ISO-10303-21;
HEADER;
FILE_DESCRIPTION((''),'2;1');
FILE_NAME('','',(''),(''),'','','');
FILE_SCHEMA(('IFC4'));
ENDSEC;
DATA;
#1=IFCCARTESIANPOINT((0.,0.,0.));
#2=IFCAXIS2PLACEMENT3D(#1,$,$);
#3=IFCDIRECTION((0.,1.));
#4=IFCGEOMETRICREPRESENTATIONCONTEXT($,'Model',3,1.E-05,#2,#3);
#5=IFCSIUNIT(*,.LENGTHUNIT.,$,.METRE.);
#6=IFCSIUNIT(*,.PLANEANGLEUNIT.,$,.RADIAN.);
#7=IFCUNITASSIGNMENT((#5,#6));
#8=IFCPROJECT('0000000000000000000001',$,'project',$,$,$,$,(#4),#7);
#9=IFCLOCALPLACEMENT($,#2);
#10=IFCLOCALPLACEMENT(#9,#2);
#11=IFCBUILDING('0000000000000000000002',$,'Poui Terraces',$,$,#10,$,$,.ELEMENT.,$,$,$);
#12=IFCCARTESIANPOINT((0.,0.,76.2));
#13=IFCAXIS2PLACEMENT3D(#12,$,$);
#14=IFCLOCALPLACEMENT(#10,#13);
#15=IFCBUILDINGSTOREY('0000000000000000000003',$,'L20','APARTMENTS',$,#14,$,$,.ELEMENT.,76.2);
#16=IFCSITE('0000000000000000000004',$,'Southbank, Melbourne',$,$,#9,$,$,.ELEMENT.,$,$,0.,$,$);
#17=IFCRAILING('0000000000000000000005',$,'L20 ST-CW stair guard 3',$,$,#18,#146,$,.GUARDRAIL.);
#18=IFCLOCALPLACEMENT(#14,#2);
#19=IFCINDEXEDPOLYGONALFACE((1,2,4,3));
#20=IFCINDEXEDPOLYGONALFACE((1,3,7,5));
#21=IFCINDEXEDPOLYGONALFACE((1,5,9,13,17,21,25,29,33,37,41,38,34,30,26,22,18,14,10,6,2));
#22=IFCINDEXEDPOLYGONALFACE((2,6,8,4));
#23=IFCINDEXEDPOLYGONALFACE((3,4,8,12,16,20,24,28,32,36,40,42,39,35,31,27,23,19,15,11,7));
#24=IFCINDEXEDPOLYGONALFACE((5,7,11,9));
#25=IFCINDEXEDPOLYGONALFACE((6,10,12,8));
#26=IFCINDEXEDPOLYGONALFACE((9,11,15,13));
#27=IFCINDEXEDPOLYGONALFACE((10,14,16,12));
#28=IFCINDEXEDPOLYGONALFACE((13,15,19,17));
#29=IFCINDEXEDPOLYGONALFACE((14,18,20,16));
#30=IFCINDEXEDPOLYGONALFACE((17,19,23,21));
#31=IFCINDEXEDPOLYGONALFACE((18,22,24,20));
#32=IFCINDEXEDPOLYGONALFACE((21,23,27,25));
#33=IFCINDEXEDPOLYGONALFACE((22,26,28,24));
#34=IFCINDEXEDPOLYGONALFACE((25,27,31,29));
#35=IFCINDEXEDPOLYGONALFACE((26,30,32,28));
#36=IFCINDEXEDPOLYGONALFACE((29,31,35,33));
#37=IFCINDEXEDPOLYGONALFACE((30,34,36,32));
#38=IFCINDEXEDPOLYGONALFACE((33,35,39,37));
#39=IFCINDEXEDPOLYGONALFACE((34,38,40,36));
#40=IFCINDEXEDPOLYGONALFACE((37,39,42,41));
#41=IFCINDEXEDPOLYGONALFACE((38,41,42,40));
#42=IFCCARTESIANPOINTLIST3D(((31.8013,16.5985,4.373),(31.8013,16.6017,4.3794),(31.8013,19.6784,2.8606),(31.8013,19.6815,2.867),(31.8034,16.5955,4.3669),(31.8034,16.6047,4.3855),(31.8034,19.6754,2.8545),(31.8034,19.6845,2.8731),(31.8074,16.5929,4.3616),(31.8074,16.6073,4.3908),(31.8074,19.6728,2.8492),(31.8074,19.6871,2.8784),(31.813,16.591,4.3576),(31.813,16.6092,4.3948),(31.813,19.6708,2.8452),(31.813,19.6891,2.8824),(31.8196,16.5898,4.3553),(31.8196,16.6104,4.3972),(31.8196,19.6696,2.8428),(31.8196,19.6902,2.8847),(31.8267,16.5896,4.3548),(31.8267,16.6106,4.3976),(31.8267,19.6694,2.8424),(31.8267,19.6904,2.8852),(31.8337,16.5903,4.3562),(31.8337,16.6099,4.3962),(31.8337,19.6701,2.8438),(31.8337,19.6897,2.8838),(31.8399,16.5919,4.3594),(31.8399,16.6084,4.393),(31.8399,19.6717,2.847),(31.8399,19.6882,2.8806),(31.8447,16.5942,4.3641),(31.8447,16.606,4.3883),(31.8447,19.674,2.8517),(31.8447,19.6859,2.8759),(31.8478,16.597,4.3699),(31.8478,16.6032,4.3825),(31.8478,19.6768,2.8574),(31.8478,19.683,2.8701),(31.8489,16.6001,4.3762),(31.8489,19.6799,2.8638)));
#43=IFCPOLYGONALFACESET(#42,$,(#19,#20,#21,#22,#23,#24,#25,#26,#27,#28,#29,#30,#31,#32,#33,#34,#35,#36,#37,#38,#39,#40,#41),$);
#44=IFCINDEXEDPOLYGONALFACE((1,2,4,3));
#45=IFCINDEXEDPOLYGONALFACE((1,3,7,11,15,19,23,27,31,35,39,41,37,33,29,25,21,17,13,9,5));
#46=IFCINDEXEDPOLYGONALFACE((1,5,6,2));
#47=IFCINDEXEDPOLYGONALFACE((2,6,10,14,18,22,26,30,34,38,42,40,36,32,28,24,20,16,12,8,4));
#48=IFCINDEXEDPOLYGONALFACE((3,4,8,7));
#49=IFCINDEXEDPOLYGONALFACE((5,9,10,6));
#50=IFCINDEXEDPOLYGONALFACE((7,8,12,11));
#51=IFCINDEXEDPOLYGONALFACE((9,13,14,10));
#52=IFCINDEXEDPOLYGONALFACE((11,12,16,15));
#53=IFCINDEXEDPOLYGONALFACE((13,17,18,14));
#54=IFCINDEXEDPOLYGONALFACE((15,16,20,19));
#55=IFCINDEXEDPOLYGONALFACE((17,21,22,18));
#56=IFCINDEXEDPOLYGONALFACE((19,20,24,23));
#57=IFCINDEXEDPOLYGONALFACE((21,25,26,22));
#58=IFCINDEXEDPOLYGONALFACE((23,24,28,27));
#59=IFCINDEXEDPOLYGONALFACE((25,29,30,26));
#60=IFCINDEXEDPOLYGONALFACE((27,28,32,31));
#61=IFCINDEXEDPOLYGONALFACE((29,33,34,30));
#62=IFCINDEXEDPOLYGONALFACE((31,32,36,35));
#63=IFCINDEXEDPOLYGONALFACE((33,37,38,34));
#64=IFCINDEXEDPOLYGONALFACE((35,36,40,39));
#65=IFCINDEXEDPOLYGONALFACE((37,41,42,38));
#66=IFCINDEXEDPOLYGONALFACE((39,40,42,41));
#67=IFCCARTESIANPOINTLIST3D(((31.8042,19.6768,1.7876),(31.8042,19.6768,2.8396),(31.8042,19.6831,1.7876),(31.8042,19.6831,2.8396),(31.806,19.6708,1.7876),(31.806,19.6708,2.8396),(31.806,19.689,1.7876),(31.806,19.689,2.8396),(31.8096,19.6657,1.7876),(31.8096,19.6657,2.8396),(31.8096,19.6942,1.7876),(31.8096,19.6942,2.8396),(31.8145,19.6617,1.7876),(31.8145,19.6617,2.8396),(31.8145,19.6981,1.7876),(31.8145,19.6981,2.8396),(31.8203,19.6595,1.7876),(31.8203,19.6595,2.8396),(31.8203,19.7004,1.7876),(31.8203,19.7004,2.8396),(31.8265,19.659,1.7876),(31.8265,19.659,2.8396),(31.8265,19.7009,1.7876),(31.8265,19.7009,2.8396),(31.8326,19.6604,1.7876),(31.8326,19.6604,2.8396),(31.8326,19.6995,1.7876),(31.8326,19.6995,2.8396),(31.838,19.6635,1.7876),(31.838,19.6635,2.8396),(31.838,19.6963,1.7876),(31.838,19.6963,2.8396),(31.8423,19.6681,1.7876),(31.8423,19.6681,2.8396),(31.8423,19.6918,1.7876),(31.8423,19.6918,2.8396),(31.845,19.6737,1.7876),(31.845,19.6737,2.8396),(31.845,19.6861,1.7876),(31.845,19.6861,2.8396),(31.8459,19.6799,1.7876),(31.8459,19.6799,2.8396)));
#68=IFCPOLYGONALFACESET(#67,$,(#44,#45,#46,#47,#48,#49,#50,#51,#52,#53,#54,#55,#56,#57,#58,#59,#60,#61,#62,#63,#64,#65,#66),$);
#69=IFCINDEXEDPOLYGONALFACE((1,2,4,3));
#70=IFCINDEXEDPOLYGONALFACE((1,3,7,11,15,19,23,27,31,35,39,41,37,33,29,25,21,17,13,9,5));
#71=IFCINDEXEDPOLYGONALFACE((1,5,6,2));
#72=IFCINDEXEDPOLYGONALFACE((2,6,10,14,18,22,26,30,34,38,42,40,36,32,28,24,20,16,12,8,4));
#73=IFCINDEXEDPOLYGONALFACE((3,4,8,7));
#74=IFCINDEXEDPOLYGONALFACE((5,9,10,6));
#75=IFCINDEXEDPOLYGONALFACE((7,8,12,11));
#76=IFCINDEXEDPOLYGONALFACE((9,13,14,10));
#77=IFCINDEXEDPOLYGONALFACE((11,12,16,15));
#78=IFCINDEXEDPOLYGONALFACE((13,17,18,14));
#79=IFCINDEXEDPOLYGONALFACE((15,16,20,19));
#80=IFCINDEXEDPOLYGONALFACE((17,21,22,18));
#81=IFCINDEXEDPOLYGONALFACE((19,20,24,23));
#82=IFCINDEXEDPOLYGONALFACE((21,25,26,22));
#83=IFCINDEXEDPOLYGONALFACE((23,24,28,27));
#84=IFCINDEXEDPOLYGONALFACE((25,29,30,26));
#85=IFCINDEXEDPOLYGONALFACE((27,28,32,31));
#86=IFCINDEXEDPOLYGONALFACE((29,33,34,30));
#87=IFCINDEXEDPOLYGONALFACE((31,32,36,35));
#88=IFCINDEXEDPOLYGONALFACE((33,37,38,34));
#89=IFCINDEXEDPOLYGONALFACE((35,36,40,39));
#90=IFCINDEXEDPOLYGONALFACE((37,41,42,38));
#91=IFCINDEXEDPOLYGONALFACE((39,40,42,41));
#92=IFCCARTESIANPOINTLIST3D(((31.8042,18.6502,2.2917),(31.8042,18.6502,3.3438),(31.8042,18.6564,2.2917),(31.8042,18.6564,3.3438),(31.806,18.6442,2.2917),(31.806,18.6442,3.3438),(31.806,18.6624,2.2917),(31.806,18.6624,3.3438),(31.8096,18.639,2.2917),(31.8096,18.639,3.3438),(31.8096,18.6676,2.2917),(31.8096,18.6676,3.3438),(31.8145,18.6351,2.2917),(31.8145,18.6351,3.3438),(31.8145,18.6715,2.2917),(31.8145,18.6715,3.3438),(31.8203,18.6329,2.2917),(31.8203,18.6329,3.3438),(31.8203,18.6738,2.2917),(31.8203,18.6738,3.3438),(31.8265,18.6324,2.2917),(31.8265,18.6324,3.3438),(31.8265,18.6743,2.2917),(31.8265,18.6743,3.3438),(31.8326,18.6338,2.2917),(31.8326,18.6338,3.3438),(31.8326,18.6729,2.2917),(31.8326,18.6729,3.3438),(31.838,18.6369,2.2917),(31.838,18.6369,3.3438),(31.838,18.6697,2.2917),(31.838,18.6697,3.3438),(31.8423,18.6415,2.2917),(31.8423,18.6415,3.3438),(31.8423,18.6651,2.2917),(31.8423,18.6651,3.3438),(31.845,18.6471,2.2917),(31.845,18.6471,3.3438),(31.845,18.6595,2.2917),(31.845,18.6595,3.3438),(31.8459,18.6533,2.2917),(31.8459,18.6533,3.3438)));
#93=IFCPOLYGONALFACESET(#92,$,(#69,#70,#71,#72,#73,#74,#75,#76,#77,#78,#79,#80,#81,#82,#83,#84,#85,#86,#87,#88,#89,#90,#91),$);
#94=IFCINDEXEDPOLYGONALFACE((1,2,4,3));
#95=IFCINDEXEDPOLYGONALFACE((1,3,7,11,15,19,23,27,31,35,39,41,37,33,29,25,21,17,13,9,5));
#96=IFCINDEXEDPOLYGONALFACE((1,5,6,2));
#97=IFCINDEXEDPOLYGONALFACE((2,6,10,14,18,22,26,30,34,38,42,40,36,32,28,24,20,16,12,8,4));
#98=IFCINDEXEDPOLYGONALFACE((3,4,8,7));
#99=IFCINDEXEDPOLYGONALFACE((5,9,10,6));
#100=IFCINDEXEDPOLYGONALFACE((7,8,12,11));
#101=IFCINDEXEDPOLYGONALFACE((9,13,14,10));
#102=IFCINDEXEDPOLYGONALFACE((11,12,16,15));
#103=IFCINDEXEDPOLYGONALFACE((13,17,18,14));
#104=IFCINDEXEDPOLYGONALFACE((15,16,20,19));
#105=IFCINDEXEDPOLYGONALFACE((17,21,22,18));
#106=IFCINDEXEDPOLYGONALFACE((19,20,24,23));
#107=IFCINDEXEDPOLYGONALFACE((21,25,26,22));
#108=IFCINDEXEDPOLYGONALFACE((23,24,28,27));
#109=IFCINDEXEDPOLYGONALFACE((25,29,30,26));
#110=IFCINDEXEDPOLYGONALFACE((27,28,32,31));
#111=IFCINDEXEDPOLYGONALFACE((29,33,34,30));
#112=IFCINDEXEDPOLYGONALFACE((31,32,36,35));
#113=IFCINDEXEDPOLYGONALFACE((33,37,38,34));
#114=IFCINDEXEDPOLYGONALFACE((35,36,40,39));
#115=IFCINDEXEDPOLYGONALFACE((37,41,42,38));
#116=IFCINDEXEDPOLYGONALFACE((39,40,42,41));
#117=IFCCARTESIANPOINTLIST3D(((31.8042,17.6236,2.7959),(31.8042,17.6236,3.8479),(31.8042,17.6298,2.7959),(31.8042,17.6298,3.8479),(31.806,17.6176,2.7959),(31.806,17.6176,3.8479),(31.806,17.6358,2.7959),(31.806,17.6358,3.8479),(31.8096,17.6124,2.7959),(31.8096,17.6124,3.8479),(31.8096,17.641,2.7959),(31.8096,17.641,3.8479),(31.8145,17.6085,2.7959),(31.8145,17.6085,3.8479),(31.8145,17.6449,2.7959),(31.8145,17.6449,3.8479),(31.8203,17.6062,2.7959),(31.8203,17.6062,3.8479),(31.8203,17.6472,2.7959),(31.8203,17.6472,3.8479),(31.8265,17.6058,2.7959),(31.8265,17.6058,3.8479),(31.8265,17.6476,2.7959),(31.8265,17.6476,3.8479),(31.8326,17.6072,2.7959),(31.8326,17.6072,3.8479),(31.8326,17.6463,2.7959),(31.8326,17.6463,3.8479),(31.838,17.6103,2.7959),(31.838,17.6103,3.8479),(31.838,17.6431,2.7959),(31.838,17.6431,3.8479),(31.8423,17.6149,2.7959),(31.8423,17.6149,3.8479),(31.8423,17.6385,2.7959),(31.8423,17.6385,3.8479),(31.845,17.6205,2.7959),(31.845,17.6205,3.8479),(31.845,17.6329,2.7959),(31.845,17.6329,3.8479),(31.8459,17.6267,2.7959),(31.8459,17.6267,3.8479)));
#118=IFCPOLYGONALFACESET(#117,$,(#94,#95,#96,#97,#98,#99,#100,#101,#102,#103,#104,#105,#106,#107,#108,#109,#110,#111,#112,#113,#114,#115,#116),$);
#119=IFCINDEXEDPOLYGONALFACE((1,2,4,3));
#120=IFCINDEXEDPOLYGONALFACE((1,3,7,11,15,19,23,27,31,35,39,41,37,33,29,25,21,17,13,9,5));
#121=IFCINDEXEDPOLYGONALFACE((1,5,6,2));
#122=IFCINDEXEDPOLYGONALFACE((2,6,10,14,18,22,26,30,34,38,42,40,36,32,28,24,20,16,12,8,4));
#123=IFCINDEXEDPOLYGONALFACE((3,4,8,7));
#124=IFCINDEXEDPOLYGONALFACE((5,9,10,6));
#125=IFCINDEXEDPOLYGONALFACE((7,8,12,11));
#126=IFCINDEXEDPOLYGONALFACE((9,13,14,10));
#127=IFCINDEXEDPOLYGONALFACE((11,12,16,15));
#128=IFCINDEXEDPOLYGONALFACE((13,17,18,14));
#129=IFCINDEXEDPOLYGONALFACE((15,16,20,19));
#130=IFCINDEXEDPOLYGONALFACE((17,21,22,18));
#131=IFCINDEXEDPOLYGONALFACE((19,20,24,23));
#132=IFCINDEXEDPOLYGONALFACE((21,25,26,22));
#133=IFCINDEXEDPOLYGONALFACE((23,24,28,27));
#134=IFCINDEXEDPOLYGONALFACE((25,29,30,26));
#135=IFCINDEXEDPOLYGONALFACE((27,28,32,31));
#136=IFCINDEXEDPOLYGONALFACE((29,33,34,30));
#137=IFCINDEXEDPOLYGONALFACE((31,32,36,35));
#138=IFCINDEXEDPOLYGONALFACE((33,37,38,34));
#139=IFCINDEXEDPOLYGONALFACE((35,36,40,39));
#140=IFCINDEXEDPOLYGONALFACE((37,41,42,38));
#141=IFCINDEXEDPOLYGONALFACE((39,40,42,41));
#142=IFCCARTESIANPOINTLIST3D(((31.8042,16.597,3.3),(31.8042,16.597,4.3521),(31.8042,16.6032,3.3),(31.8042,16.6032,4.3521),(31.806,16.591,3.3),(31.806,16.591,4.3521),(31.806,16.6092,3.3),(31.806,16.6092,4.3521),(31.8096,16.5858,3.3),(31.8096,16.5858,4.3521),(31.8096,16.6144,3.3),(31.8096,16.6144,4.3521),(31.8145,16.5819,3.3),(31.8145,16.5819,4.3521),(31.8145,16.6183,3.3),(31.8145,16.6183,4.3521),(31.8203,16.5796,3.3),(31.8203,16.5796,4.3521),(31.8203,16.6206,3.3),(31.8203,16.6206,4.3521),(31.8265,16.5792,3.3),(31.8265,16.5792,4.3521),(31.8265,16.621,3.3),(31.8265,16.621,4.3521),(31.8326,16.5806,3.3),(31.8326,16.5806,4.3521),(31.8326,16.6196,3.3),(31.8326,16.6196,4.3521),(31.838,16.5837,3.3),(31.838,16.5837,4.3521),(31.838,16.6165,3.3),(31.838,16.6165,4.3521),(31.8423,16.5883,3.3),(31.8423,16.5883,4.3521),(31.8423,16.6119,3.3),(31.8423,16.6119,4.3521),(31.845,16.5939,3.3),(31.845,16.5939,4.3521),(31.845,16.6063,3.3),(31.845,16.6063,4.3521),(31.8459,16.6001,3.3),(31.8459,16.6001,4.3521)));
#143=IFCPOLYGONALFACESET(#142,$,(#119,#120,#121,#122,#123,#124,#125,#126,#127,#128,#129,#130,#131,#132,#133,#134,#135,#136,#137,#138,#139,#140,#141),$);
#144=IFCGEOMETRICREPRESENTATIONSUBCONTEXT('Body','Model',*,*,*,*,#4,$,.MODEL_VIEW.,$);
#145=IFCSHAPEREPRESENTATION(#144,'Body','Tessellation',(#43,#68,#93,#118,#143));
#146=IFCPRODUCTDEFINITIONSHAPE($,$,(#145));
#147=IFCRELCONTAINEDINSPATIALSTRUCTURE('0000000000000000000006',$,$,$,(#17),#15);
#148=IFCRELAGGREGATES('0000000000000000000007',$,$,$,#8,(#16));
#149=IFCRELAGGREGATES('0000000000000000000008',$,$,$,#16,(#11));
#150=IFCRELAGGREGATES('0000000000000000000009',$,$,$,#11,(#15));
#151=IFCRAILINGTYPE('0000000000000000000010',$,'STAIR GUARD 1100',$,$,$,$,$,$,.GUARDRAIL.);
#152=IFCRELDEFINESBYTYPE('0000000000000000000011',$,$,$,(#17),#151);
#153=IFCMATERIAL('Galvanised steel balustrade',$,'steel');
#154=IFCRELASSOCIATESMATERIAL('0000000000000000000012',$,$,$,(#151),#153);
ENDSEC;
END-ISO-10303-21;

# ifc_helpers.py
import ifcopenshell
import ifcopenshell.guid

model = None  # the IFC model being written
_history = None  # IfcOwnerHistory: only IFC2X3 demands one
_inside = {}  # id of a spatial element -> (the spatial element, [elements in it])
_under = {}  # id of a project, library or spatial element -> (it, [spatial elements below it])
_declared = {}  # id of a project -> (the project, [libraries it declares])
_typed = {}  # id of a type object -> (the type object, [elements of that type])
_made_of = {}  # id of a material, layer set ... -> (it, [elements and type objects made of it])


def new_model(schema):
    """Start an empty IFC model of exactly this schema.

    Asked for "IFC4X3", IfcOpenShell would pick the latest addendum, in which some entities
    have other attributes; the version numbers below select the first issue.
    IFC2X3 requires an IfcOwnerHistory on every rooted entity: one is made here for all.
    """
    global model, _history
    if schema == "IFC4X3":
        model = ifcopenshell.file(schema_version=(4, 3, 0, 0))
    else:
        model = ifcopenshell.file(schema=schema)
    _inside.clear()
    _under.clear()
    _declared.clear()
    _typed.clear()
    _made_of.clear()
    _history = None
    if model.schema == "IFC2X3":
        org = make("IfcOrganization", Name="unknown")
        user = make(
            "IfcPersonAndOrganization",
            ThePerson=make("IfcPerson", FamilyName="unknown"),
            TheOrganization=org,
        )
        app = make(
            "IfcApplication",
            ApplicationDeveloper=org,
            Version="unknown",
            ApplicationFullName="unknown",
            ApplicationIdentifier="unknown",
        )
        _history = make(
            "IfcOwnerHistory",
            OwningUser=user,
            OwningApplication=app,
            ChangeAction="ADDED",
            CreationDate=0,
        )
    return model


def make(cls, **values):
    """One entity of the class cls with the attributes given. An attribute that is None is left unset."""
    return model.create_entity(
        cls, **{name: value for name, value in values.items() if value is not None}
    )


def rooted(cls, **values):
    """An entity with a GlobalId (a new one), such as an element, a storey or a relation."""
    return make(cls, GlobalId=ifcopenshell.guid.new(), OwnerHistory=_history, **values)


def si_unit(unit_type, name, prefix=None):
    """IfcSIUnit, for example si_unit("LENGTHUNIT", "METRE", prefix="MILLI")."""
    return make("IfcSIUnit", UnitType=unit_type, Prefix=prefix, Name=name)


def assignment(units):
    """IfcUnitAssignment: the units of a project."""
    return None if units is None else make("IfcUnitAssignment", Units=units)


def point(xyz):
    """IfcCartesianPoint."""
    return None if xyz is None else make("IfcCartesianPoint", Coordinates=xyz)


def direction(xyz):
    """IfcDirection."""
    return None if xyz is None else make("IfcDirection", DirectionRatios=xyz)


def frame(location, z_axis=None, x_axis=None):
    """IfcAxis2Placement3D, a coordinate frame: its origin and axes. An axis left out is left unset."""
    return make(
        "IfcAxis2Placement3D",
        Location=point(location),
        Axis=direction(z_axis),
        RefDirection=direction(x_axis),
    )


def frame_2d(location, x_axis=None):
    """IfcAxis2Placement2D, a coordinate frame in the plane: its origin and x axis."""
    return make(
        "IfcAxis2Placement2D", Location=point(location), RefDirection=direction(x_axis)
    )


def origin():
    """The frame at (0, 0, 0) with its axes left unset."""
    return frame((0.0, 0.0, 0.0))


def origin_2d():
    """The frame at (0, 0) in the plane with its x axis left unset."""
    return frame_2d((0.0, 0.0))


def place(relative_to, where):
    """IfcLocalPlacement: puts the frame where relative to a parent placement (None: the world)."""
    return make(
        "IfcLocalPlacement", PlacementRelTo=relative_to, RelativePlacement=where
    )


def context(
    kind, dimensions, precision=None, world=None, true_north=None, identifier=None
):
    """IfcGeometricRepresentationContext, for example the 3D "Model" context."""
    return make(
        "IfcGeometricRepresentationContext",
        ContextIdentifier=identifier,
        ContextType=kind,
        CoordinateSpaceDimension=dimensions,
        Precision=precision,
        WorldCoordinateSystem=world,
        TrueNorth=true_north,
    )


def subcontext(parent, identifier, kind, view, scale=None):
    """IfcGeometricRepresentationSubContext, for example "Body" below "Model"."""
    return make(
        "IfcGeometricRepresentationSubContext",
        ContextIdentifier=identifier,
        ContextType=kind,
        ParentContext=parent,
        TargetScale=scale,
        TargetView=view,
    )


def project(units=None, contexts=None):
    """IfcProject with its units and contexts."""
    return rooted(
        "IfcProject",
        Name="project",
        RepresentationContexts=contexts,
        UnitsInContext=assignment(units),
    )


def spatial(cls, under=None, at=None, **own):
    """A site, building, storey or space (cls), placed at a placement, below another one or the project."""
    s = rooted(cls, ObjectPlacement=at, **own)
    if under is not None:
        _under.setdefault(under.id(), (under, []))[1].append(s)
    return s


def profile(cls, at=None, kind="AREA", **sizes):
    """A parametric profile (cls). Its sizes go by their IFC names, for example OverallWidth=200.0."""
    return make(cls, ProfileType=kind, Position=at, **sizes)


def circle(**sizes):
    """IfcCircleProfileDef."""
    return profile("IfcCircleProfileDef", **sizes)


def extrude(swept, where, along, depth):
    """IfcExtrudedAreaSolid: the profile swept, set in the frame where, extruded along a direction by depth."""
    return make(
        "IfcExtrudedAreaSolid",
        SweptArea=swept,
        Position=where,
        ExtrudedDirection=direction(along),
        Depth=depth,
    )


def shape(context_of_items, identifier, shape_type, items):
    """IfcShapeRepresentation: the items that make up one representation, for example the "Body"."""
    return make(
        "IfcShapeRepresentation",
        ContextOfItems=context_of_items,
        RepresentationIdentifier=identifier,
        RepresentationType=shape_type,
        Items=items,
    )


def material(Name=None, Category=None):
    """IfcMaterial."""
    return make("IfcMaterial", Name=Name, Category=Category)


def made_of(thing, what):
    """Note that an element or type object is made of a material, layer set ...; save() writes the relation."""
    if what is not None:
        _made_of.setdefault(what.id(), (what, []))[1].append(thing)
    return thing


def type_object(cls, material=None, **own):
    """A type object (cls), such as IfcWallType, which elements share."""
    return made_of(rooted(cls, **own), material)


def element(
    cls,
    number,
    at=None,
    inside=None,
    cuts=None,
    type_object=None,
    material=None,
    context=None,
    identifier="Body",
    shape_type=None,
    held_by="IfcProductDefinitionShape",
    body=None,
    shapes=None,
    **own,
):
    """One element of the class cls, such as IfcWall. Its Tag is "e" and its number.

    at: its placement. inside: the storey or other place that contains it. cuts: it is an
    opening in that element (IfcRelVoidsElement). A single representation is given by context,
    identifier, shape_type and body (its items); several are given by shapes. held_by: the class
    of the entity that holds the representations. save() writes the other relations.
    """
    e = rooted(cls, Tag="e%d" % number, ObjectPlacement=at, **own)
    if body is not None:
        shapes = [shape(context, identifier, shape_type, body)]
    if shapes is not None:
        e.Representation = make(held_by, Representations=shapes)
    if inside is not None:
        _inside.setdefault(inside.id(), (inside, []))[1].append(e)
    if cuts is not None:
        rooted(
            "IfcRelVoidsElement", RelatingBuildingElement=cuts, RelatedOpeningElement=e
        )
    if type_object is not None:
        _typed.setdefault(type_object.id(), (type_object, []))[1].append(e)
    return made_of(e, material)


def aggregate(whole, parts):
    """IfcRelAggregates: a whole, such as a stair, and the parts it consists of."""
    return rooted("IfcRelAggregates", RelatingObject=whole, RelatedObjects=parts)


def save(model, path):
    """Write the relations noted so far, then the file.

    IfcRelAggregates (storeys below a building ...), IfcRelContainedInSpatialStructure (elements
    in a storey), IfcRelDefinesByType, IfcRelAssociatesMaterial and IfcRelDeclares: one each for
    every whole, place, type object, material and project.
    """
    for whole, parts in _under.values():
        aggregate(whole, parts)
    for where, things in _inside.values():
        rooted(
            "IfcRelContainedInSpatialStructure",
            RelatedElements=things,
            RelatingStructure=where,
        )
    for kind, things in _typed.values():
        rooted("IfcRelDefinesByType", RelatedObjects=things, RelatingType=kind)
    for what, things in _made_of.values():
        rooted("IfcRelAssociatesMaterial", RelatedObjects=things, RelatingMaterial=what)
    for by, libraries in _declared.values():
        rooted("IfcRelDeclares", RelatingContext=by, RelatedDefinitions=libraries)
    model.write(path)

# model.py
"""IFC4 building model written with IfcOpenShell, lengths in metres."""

from ifc_helpers import new_model, si_unit, direction, frame, origin, origin_2d, place, context, subcontext, project, spatial, circle, extrude, material, type_object, element, save


model = new_model("IFC4")

# Units and contexts
model_context = context("Model", 3, precision=1e-05, world=origin(), true_north=direction((0.0, 1.0)))
body_context = subcontext(model_context, "Body", "Model", "MODEL_VIEW")
ifc_project = project(units=[si_unit("LENGTHUNIT", "METRE"), si_unit("PLANEANGLEUNIT", "RADIAN")], contexts=[model_context])

# Site, building, storey
site_placement = place(None, origin())
site = spatial("IfcSite", under=ifc_project, at=site_placement, Name="Southbank, Melbourne", CompositionType="ELEMENT", RefElevation=0.0)
building_placement = place(site_placement, origin())
building = spatial("IfcBuilding", under=site, at=building_placement, Name="Poui Terraces", CompositionType="ELEMENT")
storey_placement = place(building_placement, frame((0.0, 0.0, 76.2)))
storey = spatial("IfcBuildingStorey", under=building, at=storey_placement, Name="L20", Description="APARTMENTS", CompositionType="ELEMENT", Elevation=76.2)

# Railing
ifc_material_1 = material(Name="Galvanised steel balustrade", Category="steel")
railing_type_1 = type_object("IfcRailingType", Name="STAIR GUARD 1100", PredefinedType="GUARDRAIL", material=ifc_material_1)
railing_1_placement = place(storey_placement, frame((31.825, 19.6799, 1.7876)))
element("IfcRailing", 1, at=railing_1_placement, inside=storey, type_object=railing_type_1, Name="L20 ST-CW stair guard 3", PredefinedType="GUARDRAIL", context=body_context, shape_type="SweptSolid", body=[
    extrude(circle(Radius=0.0239, at=origin_2d()), frame((0.0, 0.0, 1.0762), z_axis=(0.0, -0.897606, 0.440798), x_axis=(1.0, 0.0, 0.0)), (0.0, 0.0, 1.0), 3.4312),
    extrude(circle(Radius=0.021, at=origin_2d()), origin(), (0.0, 0.0, 1.0), 1.052),
    extrude(circle(Radius=0.021, at=origin_2d()), frame((0.0, -1.0266, 0.5042)), (0.0, 0.0, 1.0), 1.052),
    extrude(circle(Radius=0.021, at=origin_2d()), frame((0.0, -2.0532, 1.0083)), (0.0, 0.0, 1.0), 1.052),
    extrude(circle(Radius=0.021, at=origin_2d()), frame((0.0, -3.0798, 1.5125)), (0.0, 0.0, 1.0), 1.052),
])

save(model, "model.ifc")
